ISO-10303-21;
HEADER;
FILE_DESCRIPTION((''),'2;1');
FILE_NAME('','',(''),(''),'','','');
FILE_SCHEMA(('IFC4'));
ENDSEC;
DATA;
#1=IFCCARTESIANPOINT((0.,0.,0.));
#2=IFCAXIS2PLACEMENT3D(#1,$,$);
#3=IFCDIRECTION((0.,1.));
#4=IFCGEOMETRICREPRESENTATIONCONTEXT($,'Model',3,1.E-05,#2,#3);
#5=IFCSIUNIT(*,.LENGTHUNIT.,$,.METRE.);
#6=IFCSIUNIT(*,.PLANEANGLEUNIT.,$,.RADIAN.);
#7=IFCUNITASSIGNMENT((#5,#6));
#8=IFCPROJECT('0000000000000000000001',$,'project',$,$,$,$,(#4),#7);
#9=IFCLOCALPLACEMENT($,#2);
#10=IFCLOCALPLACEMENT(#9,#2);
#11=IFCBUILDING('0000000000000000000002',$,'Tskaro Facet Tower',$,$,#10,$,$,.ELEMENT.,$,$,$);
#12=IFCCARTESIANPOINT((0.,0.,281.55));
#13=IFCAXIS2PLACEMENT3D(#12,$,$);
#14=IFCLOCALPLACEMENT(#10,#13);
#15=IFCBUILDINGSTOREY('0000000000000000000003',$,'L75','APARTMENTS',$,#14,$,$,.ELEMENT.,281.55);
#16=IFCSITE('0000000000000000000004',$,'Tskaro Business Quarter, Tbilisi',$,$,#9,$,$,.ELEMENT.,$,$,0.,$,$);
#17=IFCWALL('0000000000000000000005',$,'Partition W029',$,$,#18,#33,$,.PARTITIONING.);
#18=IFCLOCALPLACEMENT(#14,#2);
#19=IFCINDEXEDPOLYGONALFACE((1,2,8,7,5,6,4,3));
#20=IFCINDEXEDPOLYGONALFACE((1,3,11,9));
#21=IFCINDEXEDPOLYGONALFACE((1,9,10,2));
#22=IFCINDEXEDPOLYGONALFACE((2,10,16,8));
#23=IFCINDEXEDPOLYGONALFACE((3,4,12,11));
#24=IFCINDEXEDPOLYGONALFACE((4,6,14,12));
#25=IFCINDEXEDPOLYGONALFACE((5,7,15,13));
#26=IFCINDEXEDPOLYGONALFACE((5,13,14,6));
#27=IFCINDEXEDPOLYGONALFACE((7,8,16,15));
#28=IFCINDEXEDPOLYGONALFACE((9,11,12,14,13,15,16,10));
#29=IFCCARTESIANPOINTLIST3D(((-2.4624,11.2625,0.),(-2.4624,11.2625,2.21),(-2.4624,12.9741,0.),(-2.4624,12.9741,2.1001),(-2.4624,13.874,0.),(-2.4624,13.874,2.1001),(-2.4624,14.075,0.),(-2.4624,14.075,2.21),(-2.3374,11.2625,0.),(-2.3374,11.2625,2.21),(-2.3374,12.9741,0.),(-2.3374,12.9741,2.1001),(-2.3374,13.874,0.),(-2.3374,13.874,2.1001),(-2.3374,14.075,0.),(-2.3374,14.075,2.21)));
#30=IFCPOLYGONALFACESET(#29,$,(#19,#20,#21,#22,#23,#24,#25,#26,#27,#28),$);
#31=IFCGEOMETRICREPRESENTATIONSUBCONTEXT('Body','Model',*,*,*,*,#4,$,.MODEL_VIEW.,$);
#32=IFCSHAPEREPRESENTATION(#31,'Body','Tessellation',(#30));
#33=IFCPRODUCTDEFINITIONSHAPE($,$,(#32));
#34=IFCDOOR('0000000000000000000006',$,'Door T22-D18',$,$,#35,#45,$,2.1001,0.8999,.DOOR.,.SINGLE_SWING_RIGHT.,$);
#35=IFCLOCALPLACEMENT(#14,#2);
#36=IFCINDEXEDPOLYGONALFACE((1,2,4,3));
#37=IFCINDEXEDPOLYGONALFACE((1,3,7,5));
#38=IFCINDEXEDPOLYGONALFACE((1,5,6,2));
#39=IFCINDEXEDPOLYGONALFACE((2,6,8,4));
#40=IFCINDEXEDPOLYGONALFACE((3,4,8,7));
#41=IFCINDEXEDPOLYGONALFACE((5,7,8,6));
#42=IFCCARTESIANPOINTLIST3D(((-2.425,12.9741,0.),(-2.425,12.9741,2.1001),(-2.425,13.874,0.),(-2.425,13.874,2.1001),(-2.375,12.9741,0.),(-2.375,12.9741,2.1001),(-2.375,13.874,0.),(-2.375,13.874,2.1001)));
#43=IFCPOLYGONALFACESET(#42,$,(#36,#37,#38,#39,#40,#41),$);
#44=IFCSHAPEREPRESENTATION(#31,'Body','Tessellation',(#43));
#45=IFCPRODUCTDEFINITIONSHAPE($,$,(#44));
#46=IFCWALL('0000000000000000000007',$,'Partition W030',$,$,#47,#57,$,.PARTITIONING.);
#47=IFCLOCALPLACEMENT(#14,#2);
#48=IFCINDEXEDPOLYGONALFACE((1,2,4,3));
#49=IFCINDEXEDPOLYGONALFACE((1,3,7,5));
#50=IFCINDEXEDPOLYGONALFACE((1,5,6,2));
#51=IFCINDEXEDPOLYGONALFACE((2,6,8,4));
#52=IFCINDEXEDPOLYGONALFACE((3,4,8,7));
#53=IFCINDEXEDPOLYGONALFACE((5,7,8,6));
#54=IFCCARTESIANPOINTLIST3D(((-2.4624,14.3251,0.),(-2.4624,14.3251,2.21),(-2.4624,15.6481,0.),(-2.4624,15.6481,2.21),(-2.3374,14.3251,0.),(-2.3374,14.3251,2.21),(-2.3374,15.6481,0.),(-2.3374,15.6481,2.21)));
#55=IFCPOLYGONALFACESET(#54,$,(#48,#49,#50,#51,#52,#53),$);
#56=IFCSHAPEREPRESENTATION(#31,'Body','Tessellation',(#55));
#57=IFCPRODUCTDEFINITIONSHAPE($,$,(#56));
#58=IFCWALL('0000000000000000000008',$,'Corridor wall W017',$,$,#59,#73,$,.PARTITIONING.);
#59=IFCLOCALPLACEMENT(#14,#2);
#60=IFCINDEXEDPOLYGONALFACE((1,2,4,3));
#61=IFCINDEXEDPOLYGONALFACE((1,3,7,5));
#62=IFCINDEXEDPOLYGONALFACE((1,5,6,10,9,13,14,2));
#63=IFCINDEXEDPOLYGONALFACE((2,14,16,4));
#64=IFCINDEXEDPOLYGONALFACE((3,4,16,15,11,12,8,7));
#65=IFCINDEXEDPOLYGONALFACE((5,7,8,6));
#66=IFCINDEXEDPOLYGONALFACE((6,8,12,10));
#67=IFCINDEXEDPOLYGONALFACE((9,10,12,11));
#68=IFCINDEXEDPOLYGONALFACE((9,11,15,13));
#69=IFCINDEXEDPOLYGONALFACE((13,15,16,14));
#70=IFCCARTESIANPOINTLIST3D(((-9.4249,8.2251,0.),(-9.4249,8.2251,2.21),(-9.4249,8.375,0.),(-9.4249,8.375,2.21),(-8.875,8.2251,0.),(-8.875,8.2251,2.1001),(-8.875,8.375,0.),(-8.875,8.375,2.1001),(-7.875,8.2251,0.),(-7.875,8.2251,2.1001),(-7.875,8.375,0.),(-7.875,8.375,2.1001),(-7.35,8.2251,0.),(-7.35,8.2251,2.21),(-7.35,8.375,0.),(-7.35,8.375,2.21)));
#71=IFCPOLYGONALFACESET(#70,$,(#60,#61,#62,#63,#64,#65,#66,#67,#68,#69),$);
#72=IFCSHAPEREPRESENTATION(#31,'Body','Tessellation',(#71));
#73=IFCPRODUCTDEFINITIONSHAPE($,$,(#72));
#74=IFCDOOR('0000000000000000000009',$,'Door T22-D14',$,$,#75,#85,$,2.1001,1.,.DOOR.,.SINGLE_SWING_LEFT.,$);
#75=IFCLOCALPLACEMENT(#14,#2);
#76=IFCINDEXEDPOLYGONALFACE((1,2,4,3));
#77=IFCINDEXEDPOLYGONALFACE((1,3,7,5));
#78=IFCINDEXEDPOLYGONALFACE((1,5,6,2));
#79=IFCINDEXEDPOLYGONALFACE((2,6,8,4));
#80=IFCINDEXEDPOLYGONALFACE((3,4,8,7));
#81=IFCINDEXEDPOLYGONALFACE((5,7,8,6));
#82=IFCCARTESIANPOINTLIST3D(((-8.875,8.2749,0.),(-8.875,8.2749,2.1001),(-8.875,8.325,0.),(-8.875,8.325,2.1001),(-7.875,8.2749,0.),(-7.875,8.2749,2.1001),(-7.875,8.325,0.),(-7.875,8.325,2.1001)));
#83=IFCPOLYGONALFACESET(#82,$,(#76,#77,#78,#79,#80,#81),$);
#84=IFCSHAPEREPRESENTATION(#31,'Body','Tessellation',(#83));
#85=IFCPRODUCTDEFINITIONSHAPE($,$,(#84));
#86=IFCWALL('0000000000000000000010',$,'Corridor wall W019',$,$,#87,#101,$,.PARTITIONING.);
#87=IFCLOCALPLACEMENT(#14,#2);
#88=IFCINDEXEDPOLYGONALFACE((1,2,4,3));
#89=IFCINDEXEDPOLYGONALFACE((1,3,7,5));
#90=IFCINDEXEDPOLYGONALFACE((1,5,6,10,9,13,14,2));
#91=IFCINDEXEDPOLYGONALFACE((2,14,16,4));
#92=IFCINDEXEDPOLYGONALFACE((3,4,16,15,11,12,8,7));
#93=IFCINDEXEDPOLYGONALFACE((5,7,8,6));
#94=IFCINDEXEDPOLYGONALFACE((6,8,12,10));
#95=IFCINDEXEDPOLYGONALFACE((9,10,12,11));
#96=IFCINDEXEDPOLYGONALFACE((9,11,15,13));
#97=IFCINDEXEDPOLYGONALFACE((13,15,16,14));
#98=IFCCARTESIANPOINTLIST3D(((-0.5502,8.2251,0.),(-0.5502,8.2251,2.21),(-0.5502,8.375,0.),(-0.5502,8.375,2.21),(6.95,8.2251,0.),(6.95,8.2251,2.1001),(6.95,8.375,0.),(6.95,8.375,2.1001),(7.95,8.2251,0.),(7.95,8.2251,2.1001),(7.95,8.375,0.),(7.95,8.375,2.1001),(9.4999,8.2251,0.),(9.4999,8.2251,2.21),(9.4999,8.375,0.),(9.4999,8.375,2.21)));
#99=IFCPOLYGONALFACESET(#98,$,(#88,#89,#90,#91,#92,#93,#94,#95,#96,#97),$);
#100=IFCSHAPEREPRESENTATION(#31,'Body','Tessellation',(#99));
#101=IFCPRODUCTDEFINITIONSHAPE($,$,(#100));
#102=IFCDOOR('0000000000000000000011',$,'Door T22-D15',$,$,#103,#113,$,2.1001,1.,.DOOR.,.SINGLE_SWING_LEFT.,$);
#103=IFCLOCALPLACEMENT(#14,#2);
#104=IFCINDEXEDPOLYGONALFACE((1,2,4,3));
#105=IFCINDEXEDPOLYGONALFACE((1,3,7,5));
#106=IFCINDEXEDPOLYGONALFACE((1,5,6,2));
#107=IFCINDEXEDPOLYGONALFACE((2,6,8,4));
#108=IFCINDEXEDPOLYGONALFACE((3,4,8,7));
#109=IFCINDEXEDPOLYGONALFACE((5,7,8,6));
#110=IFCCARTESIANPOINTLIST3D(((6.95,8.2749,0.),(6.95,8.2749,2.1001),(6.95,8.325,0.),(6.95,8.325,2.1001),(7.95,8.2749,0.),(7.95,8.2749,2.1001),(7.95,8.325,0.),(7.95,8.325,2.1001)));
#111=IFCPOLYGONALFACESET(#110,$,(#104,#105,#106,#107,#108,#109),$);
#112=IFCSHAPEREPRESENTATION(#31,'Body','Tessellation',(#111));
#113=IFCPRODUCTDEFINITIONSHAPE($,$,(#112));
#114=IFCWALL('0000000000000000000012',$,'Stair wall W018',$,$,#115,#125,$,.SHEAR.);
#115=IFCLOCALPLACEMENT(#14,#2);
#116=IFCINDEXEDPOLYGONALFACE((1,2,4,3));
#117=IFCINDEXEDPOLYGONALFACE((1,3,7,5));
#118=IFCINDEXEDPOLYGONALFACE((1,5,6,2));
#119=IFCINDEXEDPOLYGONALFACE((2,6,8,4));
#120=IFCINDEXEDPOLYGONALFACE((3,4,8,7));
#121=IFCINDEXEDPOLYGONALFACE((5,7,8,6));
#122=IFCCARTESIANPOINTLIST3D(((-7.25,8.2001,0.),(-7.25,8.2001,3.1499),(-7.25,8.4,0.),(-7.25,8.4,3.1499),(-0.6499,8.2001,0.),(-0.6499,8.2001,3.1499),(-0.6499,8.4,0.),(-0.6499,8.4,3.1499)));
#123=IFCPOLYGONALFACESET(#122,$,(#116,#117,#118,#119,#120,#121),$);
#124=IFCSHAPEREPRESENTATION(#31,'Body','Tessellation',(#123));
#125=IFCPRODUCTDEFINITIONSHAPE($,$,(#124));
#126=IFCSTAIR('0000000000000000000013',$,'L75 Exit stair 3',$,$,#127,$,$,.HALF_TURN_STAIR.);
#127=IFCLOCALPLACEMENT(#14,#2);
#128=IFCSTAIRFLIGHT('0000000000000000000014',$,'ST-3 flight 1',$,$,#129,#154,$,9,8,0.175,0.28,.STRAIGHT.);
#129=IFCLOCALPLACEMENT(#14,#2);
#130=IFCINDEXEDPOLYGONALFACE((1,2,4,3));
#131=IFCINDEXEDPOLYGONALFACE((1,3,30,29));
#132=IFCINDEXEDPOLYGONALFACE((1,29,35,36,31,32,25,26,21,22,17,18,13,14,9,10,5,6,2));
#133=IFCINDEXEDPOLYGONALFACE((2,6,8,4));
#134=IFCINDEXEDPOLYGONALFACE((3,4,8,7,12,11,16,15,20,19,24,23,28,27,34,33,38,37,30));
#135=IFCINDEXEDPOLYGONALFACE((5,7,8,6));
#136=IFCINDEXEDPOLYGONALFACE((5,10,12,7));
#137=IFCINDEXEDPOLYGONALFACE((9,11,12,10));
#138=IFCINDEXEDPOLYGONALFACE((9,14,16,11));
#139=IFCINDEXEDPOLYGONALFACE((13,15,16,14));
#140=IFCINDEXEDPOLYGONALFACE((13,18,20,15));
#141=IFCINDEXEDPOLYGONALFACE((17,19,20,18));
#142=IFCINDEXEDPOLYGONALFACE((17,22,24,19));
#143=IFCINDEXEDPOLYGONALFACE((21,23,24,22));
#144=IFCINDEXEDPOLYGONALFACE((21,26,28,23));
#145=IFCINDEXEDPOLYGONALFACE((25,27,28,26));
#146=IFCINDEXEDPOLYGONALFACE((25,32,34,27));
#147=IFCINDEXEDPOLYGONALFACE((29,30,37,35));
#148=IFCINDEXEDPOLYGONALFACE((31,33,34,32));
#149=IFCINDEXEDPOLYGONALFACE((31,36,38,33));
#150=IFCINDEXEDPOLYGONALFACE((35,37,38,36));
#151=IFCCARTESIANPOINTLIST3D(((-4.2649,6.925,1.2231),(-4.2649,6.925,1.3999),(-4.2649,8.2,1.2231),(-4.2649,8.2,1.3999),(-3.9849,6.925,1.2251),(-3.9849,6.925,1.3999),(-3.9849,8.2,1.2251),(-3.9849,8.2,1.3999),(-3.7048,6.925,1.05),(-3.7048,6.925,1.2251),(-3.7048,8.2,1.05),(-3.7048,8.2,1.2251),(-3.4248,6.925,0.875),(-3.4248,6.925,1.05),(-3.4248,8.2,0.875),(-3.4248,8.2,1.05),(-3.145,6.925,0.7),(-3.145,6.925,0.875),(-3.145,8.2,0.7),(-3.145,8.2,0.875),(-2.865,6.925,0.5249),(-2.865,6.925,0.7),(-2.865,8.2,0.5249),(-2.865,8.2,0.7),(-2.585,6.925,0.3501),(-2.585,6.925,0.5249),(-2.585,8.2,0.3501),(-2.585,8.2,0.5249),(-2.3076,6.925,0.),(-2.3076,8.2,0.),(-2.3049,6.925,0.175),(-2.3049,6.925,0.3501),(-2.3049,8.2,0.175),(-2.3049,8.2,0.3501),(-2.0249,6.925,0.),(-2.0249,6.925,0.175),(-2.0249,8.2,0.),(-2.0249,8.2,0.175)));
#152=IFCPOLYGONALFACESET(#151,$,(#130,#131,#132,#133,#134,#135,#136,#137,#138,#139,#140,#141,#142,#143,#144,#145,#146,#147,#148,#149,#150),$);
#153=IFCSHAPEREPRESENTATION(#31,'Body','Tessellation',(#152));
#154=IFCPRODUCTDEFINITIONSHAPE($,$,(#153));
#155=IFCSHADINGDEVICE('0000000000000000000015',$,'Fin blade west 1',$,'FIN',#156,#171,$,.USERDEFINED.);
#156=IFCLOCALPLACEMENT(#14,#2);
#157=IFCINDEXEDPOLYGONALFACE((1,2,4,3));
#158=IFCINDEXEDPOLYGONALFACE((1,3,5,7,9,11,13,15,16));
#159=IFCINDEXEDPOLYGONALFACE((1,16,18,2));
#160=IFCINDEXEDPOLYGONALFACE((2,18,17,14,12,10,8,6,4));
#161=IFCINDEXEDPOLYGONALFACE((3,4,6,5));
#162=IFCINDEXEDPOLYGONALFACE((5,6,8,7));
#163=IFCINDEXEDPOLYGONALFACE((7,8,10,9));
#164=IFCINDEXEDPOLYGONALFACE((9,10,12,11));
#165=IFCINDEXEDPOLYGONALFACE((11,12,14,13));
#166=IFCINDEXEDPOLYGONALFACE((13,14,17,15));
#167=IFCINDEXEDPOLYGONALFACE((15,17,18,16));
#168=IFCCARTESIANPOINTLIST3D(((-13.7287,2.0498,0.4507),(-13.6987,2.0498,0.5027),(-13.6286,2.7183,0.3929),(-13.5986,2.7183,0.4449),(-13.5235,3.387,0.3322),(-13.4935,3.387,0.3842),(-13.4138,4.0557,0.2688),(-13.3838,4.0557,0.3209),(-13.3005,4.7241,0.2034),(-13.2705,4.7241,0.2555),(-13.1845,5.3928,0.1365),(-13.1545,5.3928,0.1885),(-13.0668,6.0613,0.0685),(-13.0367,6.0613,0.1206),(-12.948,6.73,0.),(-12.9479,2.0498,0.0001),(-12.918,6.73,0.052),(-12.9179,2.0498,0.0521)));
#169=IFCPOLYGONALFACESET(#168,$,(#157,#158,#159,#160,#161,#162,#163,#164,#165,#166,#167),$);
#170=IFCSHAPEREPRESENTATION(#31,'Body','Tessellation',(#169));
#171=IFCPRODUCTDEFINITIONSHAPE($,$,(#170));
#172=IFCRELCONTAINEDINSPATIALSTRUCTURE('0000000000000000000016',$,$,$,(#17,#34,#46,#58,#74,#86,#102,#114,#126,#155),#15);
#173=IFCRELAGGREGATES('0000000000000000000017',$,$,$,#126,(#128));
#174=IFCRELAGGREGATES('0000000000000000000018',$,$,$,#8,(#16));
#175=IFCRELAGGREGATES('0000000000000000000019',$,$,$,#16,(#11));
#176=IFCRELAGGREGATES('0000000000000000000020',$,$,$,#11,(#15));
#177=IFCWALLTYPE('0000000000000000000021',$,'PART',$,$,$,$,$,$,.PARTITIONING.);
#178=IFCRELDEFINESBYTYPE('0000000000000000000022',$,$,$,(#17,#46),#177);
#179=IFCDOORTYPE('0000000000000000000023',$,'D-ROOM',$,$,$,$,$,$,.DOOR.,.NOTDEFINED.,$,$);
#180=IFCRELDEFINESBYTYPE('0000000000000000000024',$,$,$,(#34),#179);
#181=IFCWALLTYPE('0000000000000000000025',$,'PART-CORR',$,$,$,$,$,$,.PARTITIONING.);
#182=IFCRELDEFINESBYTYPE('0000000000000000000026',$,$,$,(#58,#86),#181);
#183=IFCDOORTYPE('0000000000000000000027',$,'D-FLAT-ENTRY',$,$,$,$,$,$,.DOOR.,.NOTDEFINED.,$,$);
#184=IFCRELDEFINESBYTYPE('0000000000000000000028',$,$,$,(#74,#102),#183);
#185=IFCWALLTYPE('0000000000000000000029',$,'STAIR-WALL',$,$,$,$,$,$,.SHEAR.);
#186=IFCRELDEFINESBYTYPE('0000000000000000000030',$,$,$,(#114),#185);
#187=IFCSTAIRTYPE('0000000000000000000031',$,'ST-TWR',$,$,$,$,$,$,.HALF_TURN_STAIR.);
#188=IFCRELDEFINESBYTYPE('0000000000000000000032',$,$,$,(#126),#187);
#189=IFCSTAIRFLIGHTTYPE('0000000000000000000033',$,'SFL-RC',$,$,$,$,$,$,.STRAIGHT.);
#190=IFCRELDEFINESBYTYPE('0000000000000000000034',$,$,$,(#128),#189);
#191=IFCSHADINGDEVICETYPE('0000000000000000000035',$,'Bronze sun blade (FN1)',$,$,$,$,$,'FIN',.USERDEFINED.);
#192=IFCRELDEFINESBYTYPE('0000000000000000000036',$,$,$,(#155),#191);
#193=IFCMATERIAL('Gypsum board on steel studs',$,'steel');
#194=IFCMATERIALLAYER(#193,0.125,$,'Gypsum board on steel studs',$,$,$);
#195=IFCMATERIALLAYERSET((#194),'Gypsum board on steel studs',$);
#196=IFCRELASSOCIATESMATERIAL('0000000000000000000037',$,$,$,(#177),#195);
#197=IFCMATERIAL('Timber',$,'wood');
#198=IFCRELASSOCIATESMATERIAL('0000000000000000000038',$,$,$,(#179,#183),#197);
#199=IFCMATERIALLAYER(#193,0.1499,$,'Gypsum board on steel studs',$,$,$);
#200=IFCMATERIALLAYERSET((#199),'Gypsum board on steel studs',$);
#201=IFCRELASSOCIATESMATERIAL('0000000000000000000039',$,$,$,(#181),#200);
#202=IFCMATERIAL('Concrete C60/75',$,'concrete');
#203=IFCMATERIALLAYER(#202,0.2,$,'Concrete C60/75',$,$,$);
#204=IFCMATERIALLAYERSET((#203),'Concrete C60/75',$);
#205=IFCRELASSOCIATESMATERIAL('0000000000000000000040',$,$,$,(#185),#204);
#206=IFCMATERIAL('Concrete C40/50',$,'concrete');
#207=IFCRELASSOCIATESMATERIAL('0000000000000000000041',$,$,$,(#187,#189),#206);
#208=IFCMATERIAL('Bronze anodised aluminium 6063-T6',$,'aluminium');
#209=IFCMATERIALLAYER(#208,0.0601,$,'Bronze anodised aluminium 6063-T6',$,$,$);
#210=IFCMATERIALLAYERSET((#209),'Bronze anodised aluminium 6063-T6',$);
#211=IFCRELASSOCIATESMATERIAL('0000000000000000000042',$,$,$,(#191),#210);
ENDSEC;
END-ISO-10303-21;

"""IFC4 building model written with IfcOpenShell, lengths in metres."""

from ifc_helpers import new_model, si_unit, direction, frame, frame_2d, origin, place, context, subcontext, project, spatial, polyline, rectangle, outline, extrude, material, layer, layer_set, type_object, element, fill, aggregate, save


model = new_model("IFC4")

# Units and contexts
model_context = context("Model", 3, precision=1e-05, world=origin(), true_north=direction((0.0, 1.0)))
body_context = subcontext(model_context, "Body", "Model", "MODEL_VIEW")
ifc_project = project(units=[si_unit("LENGTHUNIT", "METRE"), si_unit("PLANEANGLEUNIT", "RADIAN")], contexts=[model_context])

# Site, building, storey
site_placement = place(None, origin())
site = spatial("IfcSite", under=ifc_project, at=site_placement, Name="Tskaro Business Quarter, Tbilisi", CompositionType="ELEMENT", RefElevation=0.0)
building_placement = place(site_placement, origin())
building = spatial("IfcBuilding", under=site, at=building_placement, Name="Tskaro Facet Tower", CompositionType="ELEMENT")
storey_placement = place(building_placement, frame((0.0, 0.0, 281.55)))
storey = spatial("IfcBuildingStorey", under=building, at=storey_placement, Name="L75", Description="APARTMENTS", CompositionType="ELEMENT", Elevation=281.55)

# Shared definitions
ifc_material_1 = material(Name="Bronze anodised aluminium 6063-T6", Category="aluminium")

# Shared definitions
ifc_material_2 = material(Name="Gypsum board on steel studs", Category="steel")
ifc_layer_1 = layer(ifc_material_2, 0.125, Name="Gypsum board on steel studs")
ifc_layer_set_1 = layer_set([ifc_layer_1], Name="Gypsum board on steel studs")
wall_type_1 = type_object("IfcWallType", Name="PART", PredefinedType="PARTITIONING", material=ifc_layer_set_1)

# Wall, opening, door
wall_1_placement = place(storey_placement, frame((-2.3999, 14.075, 0.0), z_axis=(0.0, 0.0, 1.0), x_axis=(0.0, -1.0, 0.0)))
wall_1 = element("IfcWall", 1, at=wall_1_placement, inside=storey, type_object=wall_type_1, Name="Partition W029", PredefinedType="PARTITIONING", context=body_context, shape_type="SweptSolid", body=[
    extrude(rectangle(XDim=2.8125, YDim=0.125, at=frame_2d((1.4062, 0.0))), origin(), (0.0, 0.0, 1.0), 2.21),
])
opening_1_placement = place(wall_1_placement, frame((0.2009, 0.0, 0.0)))
opening_1 = element("IfcOpeningElement", 2, at=opening_1_placement, cuts=wall_1, PredefinedType="OPENING", context=body_context, shape_type="SweptSolid", body=[
    extrude(rectangle(XDim=0.8999, YDim=2.1001, at=frame_2d((0.45, 1.05))), frame((0.0, 0.0725, 0.0), z_axis=(0.0, -1.0, 0.0), x_axis=(1.0, 0.0, 0.0)), (0.0, 0.0, 1.0), 0.145),
])
ifc_material_3 = material(Name="Timber", Category="wood")
door_type_1 = type_object("IfcDoorType", Name="D-ROOM", OperationType="NOTDEFINED", PredefinedType="DOOR", material=ifc_material_3)
door_1_placement = place(opening_1_placement, origin())
door_1 = element("IfcDoor", 3, at=door_1_placement, inside=storey, type_object=door_type_1, Name="Door T22-D18", OperationType="SINGLE_SWING_RIGHT", OverallHeight=2.1001, OverallWidth=0.8999, PredefinedType="DOOR", context=body_context, shape_type="SweptSolid", body=[
    extrude(rectangle(XDim=0.8999, YDim=2.1001, at=frame_2d((0.45, 1.05))), frame((0.0, 0.0249, 0.0), z_axis=(0.0, -1.0, 0.0), x_axis=(1.0, 0.0, 0.0)), (0.0, 0.0, 1.0), 0.05),
])
fill(opening_1, door_1)

# Wall
wall_2_placement = place(storey_placement, frame((-2.3999, 14.325, 0.0), z_axis=(0.0, 0.0, 1.0), x_axis=(0.0, 1.0, 0.0)))
element("IfcWall", 4, at=wall_2_placement, inside=storey, type_object=wall_type_1, Name="Partition W030", PredefinedType="PARTITIONING", context=body_context, shape_type="SweptSolid", body=[
    extrude(rectangle(XDim=1.323, YDim=0.125, at=frame_2d((0.6616, 0.0))), origin(), (0.0, 0.0, 1.0), 2.21),
])

# Walls, openings, doors
ifc_layer_2 = layer(ifc_material_2, 0.1499, Name="Gypsum board on steel studs")
ifc_layer_set_2 = layer_set([ifc_layer_2], Name="Gypsum board on steel studs")
wall_type_2 = type_object("IfcWallType", Name="PART-CORR", PredefinedType="PARTITIONING", material=ifc_layer_set_2)
wall_3_placement = place(storey_placement, frame((-9.425, 8.3, 0.0), z_axis=(0.0, 0.0, 1.0), x_axis=(1.0, 0.0, 0.0)))
wall_3 = element("IfcWall", 5, at=wall_3_placement, inside=storey, type_object=wall_type_2, Name="Corridor wall W017", PredefinedType="PARTITIONING", context=body_context, shape_type="SweptSolid", body=[
    extrude(rectangle(XDim=2.075, YDim=0.1499, at=frame_2d((1.0376, 0.0))), origin(), (0.0, 0.0, 1.0), 2.21),
])
opening_2_placement = place(wall_3_placement, frame((0.55, 0.0, 0.0)))
opening_2 = element("IfcOpeningElement", 6, at=opening_2_placement, cuts=wall_3, PredefinedType="OPENING", context=body_context, shape_type="SweptSolid", body=[
    extrude(rectangle(XDim=1.0, YDim=2.1001, at=frame_2d((0.5, 1.05))), frame((0.0, 0.085, 0.0), z_axis=(0.0, -1.0, 0.0), x_axis=(1.0, 0.0, 0.0)), (0.0, 0.0, 1.0), 0.1699),
])
door_type_2 = type_object("IfcDoorType", Name="D-FLAT-ENTRY", OperationType="NOTDEFINED", PredefinedType="DOOR", material=ifc_material_3)
door_2_placement = place(opening_2_placement, origin())
door_2 = element("IfcDoor", 7, at=door_2_placement, inside=storey, type_object=door_type_2, Name="Door T22-D14", OperationType="SINGLE_SWING_LEFT", OverallHeight=2.1001, OverallWidth=1.0, PredefinedType="DOOR", context=body_context, shape_type="SweptSolid", body=[
    extrude(rectangle(XDim=1.0, YDim=2.1001, at=frame_2d((0.5, 1.05))), frame((0.0, 0.0249, 0.0), z_axis=(0.0, -1.0, 0.0), x_axis=(1.0, 0.0, 0.0)), (0.0, 0.0, 1.0), 0.05),
])
fill(opening_2, door_2)
wall_4_placement = place(storey_placement, frame((-0.55, 8.3, 0.0), z_axis=(0.0, 0.0, 1.0), x_axis=(1.0, 0.0, 0.0)))
wall_4 = element("IfcWall", 8, at=wall_4_placement, inside=storey, type_object=wall_type_2, Name="Corridor wall W019", PredefinedType="PARTITIONING", context=body_context, shape_type="SweptSolid", body=[
    extrude(rectangle(XDim=10.05, YDim=0.1499, at=frame_2d((5.0249, 0.0))), origin(), (0.0, 0.0, 1.0), 2.21),
])
opening_3_placement = place(wall_4_placement, frame((7.5, 0.0, 0.0)))
opening_3 = element("IfcOpeningElement", 9, at=opening_3_placement, cuts=wall_4, PredefinedType="OPENING", context=body_context, shape_type="SweptSolid", body=[
    extrude(rectangle(XDim=1.0, YDim=2.1001, at=frame_2d((0.5, 1.05))), frame((0.0, 0.085, 0.0), z_axis=(0.0, -1.0, 0.0), x_axis=(1.0, 0.0, 0.0)), (0.0, 0.0, 1.0), 0.1699),
])
door_3_placement = place(opening_3_placement, origin())
door_3 = element("IfcDoor", 10, at=door_3_placement, inside=storey, type_object=door_type_2, Name="Door T22-D15", OperationType="SINGLE_SWING_LEFT", OverallHeight=2.1001, OverallWidth=1.0, PredefinedType="DOOR", context=body_context, shape_type="SweptSolid", body=[
    extrude(rectangle(XDim=1.0, YDim=2.1001, at=frame_2d((0.5, 1.05))), frame((0.0, 0.0249, 0.0), z_axis=(0.0, -1.0, 0.0), x_axis=(1.0, 0.0, 0.0)), (0.0, 0.0, 1.0), 0.05),
])
fill(opening_3, door_3)

# Wall
ifc_material_4 = material(Name="Concrete C60/75", Category="concrete")
ifc_layer_3 = layer(ifc_material_4, 0.2, Name="Concrete C60/75")
ifc_layer_set_3 = layer_set([ifc_layer_3], Name="Concrete C60/75")
wall_type_3 = type_object("IfcWallType", Name="STAIR-WALL", PredefinedType="SHEAR", material=ifc_layer_set_3)
wall_5_placement = place(storey_placement, frame((-7.25, 8.3, 0.0), z_axis=(0.0, 0.0, 1.0), x_axis=(1.0, 0.0, 0.0)))
element("IfcWall", 11, at=wall_5_placement, inside=storey, type_object=wall_type_3, Name="Stair wall W018", PredefinedType="SHEAR", context=body_context, shape_type="SweptSolid", body=[
    extrude(rectangle(XDim=6.6001, YDim=0.2, at=frame_2d((3.3, 0.0))), origin(), (0.0, 0.0, 1.0), 3.1499),
])

# Stair, stair flight
ifc_material_5 = material(Name="Concrete C40/50", Category="concrete")
stair_type = type_object("IfcStairType", Name="ST-TWR", PredefinedType="HALF_TURN_STAIR", material=ifc_material_5)
stair_placement = place(storey_placement, origin())
stair = element("IfcStair", 12, at=stair_placement, inside=storey, type_object=stair_type, Name="L75 Exit stair 3", PredefinedType="HALF_TURN_STAIR")
stair_flight_type = type_object("IfcStairFlightType", Name="SFL-RC", PredefinedType="STRAIGHT", material=ifc_material_5)
stair_flight_placement = place(storey_placement, frame((-2.0249, 7.5625, 0.0), z_axis=(0.0, 0.0, 1.0), x_axis=(-1.0, 0.0, 0.0)))
stair_flight = element("IfcStairFlight", 13, at=stair_flight_placement, type_object=stair_flight_type, Name="ST-3 flight 1", NumberOfRisers=9, NumberOfTreads=8, PredefinedType="STRAIGHT", RiserHeight=0.175, TreadLength=0.28, context=body_context, shape_type="SweptSolid", body=[
    extrude(outline(polyline([(0.0, 0.0), (0.0, 0.175), (0.28, 0.175), (0.28, 0.3501), (0.5601, 0.3501), (0.5601, 0.5249), (0.8401, 0.5249), (0.8401, 0.7), (1.1201, 0.7), (1.1201, 0.875), (1.3999, 0.875), (1.3999, 1.05), (1.6799, 1.05), (1.6799, 1.2251), (1.96, 1.2251), (1.96, 1.3999), (2.24, 1.3999), (2.24, 1.575), (2.24, 1.2231), (0.2827, 0.0), (0.0, 0.0)])), frame((0.0, 0.6375, 0.0), z_axis=(0.0, -1.0, 0.0), x_axis=(1.0, 0.0, 0.0)), (0.0, 0.0, 1.0), 1.2749),
])
aggregate(stair, [stair_flight])

# Shading device
ifc_layer_4 = layer(ifc_material_1, 0.0601, Name="Bronze anodised aluminium 6063-T6")
ifc_layer_set_4 = layer_set([ifc_layer_4], Name="Bronze anodised aluminium 6063-T6")
shading_device_type = type_object("IfcShadingDeviceType", Name="Bronze sun blade (FN1)", ElementType="FIN", PredefinedType="USERDEFINED", material=ifc_layer_set_4)
shading_device_placement = place(storey_placement, frame((-12.918, 6.73, 0.052), z_axis=(0.4998, 0.000029, 0.866141), x_axis=(0.000014, -1.0, 0.000025)))
element("IfcShadingDevice", 14, at=shading_device_placement, inside=storey, type_object=shading_device_type, Name="Fin blade west 1", ObjectType="FIN", PredefinedType="USERDEFINED", context=body_context, shape_type="SweptSolid", body=[
    extrude(outline(polyline([(0.0, 0.0), (4.6802, 0.0), (4.6802, -0.9015), (4.0117, -0.7859), (3.343, -0.6645), (2.6743, -0.5378), (2.0059, -0.407), (1.3372, -0.2731), (0.6687, -0.1371), (0.0, 0.0)])), origin(), (0.0, 0.0, -1.0), 0.0601),
])

save(model, "model.ifc")
